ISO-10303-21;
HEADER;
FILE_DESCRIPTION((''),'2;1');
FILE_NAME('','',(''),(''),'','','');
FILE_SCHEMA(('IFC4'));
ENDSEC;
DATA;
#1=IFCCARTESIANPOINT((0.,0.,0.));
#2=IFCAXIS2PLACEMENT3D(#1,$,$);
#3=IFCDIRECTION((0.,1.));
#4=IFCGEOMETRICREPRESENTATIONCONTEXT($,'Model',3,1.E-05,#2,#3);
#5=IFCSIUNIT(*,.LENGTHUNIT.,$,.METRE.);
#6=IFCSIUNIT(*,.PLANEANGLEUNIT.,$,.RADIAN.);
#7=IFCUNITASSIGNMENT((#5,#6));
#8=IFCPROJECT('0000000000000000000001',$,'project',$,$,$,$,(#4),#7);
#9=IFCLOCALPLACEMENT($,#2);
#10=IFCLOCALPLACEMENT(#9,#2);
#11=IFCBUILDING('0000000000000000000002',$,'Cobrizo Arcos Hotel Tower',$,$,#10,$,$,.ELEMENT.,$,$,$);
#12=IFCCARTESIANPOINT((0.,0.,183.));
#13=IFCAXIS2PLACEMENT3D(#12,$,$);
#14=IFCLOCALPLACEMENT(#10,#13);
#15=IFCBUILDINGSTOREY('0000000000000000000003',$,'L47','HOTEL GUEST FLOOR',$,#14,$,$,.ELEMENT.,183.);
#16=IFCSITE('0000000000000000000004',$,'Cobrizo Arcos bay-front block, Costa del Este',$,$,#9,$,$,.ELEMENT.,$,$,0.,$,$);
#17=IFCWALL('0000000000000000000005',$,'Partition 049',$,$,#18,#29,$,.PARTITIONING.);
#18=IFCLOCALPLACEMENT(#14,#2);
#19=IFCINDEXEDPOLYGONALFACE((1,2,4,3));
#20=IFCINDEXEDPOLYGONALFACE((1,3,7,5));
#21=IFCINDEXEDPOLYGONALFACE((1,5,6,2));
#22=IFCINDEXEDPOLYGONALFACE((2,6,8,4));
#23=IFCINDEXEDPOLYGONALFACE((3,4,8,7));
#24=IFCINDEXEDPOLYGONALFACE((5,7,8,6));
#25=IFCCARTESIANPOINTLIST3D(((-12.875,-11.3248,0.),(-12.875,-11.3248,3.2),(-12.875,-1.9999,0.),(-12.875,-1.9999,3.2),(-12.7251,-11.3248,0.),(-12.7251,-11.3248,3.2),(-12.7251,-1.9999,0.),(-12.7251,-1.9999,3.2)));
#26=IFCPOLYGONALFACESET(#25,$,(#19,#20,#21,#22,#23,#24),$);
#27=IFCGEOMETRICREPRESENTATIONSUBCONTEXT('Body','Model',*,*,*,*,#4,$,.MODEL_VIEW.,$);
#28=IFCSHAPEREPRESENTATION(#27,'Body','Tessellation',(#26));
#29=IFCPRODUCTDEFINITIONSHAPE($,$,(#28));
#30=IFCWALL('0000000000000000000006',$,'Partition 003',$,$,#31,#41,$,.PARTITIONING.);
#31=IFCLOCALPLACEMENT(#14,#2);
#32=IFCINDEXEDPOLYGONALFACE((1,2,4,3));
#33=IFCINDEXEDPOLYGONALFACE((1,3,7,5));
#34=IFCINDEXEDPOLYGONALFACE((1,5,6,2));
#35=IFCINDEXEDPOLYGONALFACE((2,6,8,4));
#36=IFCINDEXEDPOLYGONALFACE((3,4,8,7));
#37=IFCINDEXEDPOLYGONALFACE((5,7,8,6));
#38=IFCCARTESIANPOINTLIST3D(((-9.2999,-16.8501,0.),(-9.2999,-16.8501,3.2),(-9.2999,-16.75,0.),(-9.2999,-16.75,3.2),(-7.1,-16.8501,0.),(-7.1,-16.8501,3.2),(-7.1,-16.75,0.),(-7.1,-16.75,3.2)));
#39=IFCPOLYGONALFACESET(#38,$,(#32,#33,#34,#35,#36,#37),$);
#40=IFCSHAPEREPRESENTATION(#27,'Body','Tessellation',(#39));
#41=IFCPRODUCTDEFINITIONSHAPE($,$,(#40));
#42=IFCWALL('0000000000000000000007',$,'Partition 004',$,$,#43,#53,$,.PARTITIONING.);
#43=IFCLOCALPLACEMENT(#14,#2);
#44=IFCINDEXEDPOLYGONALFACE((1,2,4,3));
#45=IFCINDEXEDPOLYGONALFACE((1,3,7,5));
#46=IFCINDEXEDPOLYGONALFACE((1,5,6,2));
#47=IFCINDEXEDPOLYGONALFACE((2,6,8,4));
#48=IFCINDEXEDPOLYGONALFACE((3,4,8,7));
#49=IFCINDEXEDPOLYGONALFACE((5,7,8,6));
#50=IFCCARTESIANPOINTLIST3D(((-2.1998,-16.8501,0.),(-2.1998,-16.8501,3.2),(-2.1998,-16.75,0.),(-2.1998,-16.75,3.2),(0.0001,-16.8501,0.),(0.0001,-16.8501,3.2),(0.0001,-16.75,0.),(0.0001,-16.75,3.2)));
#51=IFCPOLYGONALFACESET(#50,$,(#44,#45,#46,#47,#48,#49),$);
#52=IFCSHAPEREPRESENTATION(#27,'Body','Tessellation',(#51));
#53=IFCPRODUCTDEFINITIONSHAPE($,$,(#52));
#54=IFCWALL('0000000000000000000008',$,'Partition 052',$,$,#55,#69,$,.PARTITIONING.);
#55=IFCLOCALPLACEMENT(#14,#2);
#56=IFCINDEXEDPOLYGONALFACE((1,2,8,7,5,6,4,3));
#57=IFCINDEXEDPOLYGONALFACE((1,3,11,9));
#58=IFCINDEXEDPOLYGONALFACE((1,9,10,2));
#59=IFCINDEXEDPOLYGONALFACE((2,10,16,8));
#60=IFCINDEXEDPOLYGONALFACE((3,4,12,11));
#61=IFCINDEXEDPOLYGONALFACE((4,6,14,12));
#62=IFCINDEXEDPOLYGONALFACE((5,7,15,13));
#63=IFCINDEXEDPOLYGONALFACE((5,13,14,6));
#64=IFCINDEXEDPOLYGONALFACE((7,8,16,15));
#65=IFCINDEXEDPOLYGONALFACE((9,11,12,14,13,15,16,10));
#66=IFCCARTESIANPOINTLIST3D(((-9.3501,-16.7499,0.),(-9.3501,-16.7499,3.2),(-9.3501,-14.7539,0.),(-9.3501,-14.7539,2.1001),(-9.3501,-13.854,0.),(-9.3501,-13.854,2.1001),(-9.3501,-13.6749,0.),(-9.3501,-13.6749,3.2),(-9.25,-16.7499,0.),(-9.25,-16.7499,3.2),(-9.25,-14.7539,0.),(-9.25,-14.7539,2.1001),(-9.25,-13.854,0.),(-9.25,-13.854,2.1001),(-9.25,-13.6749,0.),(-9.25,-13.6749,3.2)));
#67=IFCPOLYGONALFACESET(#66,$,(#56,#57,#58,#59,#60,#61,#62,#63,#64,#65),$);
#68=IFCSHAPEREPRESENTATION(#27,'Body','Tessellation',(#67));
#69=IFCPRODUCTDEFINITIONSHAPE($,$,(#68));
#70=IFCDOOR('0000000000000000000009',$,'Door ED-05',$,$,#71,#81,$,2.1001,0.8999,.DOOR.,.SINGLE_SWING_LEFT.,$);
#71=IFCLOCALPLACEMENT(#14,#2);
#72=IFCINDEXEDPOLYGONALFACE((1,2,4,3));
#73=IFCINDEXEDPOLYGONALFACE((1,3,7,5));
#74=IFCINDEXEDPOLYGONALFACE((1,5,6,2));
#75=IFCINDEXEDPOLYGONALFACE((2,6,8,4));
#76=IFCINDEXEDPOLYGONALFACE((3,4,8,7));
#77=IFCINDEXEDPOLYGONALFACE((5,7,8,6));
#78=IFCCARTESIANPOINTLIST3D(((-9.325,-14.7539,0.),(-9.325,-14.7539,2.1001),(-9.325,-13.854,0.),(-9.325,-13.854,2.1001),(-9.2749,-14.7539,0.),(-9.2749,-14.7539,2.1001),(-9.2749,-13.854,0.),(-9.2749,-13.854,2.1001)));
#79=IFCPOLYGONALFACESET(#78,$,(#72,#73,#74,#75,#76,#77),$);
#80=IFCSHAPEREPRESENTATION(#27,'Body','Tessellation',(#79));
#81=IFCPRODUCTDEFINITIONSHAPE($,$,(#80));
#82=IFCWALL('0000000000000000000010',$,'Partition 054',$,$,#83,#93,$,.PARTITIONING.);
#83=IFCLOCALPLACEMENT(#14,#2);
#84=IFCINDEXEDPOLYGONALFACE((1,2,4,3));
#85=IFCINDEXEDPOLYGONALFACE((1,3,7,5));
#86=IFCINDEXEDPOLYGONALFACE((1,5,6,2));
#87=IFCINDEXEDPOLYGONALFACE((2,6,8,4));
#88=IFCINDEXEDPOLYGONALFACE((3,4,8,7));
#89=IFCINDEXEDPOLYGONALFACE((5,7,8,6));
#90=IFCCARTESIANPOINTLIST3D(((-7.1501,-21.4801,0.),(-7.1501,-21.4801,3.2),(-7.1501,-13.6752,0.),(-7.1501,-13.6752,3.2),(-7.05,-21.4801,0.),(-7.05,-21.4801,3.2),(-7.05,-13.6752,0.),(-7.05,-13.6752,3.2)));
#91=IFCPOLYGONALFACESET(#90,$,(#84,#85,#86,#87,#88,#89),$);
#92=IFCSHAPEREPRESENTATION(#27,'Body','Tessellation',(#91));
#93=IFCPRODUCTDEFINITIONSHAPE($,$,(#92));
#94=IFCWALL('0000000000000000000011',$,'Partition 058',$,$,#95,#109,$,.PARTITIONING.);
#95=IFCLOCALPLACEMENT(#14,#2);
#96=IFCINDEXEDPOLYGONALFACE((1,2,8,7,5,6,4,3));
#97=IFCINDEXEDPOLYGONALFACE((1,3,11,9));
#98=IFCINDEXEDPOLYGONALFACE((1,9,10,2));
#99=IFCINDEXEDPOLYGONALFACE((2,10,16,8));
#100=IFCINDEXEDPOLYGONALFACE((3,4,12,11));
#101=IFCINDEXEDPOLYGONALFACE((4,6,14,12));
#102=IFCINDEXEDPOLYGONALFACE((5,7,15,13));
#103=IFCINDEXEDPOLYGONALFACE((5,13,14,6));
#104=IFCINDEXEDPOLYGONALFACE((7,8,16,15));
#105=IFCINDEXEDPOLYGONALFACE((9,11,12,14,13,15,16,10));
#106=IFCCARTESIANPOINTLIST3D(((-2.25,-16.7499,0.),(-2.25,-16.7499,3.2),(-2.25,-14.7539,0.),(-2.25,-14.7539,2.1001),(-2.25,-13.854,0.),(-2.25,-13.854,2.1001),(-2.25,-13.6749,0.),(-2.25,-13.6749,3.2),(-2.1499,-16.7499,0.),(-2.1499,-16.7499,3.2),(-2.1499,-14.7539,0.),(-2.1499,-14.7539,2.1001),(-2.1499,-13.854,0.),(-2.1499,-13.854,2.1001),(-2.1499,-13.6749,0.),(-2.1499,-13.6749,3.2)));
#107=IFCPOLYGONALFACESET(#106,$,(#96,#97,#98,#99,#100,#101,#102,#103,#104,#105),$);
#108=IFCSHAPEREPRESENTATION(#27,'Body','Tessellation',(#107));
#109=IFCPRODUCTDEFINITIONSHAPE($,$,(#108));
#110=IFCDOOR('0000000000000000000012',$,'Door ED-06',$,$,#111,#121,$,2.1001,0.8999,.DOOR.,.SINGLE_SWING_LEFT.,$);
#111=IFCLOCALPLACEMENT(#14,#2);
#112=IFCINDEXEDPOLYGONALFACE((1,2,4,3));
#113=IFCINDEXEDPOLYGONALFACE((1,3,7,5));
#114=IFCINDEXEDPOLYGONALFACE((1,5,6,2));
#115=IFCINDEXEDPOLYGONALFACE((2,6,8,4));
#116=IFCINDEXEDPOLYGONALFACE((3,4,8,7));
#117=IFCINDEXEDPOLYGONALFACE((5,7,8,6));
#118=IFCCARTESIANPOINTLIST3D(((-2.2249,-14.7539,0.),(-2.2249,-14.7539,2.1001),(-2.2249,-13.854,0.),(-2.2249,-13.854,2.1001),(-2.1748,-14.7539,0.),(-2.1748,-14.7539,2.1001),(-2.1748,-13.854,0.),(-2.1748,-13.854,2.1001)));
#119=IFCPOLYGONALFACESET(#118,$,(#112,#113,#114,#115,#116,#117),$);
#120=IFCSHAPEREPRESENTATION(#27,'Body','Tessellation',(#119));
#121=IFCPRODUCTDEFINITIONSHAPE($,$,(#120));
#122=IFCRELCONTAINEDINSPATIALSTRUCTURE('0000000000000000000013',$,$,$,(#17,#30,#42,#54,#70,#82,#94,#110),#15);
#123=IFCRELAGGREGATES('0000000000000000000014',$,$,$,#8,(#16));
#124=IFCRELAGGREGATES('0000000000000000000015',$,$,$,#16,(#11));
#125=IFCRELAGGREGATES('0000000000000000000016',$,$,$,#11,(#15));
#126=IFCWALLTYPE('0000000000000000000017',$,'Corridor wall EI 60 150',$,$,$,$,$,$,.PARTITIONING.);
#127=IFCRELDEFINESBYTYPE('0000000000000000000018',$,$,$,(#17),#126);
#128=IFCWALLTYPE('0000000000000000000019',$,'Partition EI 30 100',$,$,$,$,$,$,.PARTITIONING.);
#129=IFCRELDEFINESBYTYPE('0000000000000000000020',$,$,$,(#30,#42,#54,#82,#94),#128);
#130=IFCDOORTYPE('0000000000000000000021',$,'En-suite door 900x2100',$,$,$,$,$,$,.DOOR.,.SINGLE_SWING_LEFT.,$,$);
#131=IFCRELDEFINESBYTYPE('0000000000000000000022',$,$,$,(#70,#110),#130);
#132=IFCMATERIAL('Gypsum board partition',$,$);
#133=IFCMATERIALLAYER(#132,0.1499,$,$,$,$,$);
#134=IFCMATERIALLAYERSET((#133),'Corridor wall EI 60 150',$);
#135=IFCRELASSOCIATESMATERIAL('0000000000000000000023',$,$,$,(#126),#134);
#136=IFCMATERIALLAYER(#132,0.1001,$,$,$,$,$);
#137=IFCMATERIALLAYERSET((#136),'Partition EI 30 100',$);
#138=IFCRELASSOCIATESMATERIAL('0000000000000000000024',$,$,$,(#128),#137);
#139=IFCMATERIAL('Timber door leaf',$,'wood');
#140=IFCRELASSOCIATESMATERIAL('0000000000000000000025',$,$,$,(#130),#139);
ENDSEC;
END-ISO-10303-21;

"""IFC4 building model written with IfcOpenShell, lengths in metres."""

from ifc_helpers import new_model, si_unit, direction, frame, frame_2d, origin, place, context, subcontext, project, spatial, rectangle, extrude, material, layer, layer_set, type_object, element, fill, save


model = new_model("IFC4")

# Units and contexts
model_context = context("Model", 3, precision=1e-05, world=origin(), true_north=direction((0.0, 1.0)))
body_context = subcontext(model_context, "Body", "Model", "MODEL_VIEW")
ifc_project = project(units=[si_unit("LENGTHUNIT", "METRE"), si_unit("PLANEANGLEUNIT", "RADIAN")], contexts=[model_context])

# Site, building, storey
site_placement = place(None, origin())
site = spatial("IfcSite", under=ifc_project, at=site_placement, Name="Cobrizo Arcos bay-front block, Costa del Este", CompositionType="ELEMENT", RefElevation=0.0)
building_placement = place(site_placement, origin())
building = spatial("IfcBuilding", under=site, at=building_placement, Name="Cobrizo Arcos Hotel Tower", CompositionType="ELEMENT")
storey_placement = place(building_placement, frame((0.0, 0.0, 183.0)))
storey = spatial("IfcBuildingStorey", under=building, at=storey_placement, Name="L47", Description="HOTEL GUEST FLOOR", CompositionType="ELEMENT", Elevation=183.0)

# Walls
ifc_material_1 = material(Name="Gypsum board partition")
ifc_layer_1 = layer(ifc_material_1, 0.1499)
ifc_layer_set_1 = layer_set([ifc_layer_1], Name="Corridor wall EI 60 150")
wall_type_1 = type_object("IfcWallType", Name="Corridor wall EI 60 150", PredefinedType="PARTITIONING", material=ifc_layer_set_1)
wall_1_placement = place(storey_placement, frame((-12.8, -11.325, 0.0), z_axis=(0.0, 0.0, 1.0), x_axis=(0.0, 1.0, 0.0)))
element("IfcWall", 1, at=wall_1_placement, inside=storey, type_object=wall_type_1, Name="Partition 049", PredefinedType="PARTITIONING", context=body_context, shape_type="SweptSolid", body=[
    extrude(rectangle(XDim=9.325, YDim=0.1499, at=frame_2d((4.6626, 0.0))), origin(), (0.0, 0.0, 1.0), 3.2),
])
ifc_layer_2 = layer(ifc_material_1, 0.1001)
ifc_layer_set_2 = layer_set([ifc_layer_2], Name="Partition EI 30 100")
wall_type_2 = type_object("IfcWallType", Name="Partition EI 30 100", PredefinedType="PARTITIONING", material=ifc_layer_set_2)
for number, where, z_axis, x_axis, name in (
    (2, (-9.3, -16.8, 0.0), (0.0, 0.0, 1.0), (1.0, 0.0, 0.0), "Partition 003"),
    (3, (-2.2, -16.8, 0.0), (0.0, 0.0, 1.0), (1.0, 0.0, 0.0), "Partition 004"),
):
    element("IfcWall", number, at=place(storey_placement, frame(where, z_axis=z_axis, x_axis=x_axis)), inside=storey, type_object=wall_type_2, Name=name, PredefinedType="PARTITIONING", context=body_context, shape_type="SweptSolid", body=[
        extrude(rectangle(XDim=2.2, YDim=0.1001, at=frame_2d((1.1001, 0.0))), origin(), (0.0, 0.0, 1.0), 3.2),
    ])

# Wall, opening, door
wall_2_placement = place(storey_placement, frame((-9.3, -16.75, 0.0), z_axis=(0.0, 0.0, 1.0), x_axis=(0.0, 1.0, 0.0)))
wall_2 = element("IfcWall", 4, at=wall_2_placement, inside=storey, type_object=wall_type_2, Name="Partition 052", PredefinedType="PARTITIONING", context=body_context, shape_type="SweptSolid", body=[
    extrude(rectangle(XDim=3.075, YDim=0.1001, at=frame_2d((1.5376, 0.0))), origin(), (0.0, 0.0, 1.0), 3.2),
])
opening_1_placement = place(wall_2_placement, frame((1.9961, 0.0, 0.0)))
opening_1 = element("IfcOpeningElement", 5, at=opening_1_placement, cuts=wall_2, PredefinedType="OPENING", context=body_context, shape_type="SweptSolid", body=[
    extrude(rectangle(XDim=0.8999, YDim=2.1001, at=frame_2d((0.45, 1.05))), frame((0.0, 0.062, 0.0), z_axis=(0.0, -1.0, 0.0), x_axis=(1.0, 0.0, 0.0)), (0.0, 0.0, 1.0), 0.124),
])
ifc_material_2 = material(Name="Timber door leaf", Category="wood")
door_type = type_object("IfcDoorType", Name="En-suite door 900x2100", OperationType="SINGLE_SWING_LEFT", PredefinedType="DOOR", material=ifc_material_2)
door_1_placement = place(opening_1_placement, origin())
door_1 = element("IfcDoor", 6, at=door_1_placement, inside=storey, type_object=door_type, Name="Door ED-05", OperationType="SINGLE_SWING_LEFT", OverallHeight=2.1001, OverallWidth=0.8999, PredefinedType="DOOR", context=body_context, shape_type="SweptSolid", body=[
    extrude(rectangle(XDim=0.8999, YDim=2.1001, at=frame_2d((0.45, 1.05))), frame((0.0, 0.0249, 0.0), z_axis=(0.0, -1.0, 0.0), x_axis=(1.0, 0.0, 0.0)), (0.0, 0.0, 1.0), 0.05),
])
fill(opening_1, door_1)

# Wall
wall_3_placement = place(storey_placement, frame((-7.1001, -21.48, 0.0), z_axis=(0.0, 0.0, 1.0), x_axis=(0.0, 1.0, 0.0)))
element("IfcWall", 7, at=wall_3_placement, inside=storey, type_object=wall_type_2, Name="Partition 054", PredefinedType="PARTITIONING", context=body_context, shape_type="SweptSolid", body=[
    extrude(rectangle(XDim=7.8049, YDim=0.1001, at=frame_2d((3.9023, 0.0))), origin(), (0.0, 0.0, 1.0), 3.2),
])

# Wall, opening, door
wall_4_placement = place(storey_placement, frame((-2.2, -16.75, 0.0), z_axis=(0.0, 0.0, 1.0), x_axis=(0.0, 1.0, 0.0)))
wall_4 = element("IfcWall", 8, at=wall_4_placement, inside=storey, type_object=wall_type_2, Name="Partition 058", PredefinedType="PARTITIONING", context=body_context, shape_type="SweptSolid", body=[
    extrude(rectangle(XDim=3.075, YDim=0.1001, at=frame_2d((1.5376, 0.0))), origin(), (0.0, 0.0, 1.0), 3.2),
])
opening_2_placement = place(wall_4_placement, frame((1.9961, 0.0, 0.0)))
opening_2 = element("IfcOpeningElement", 9, at=opening_2_placement, cuts=wall_4, PredefinedType="OPENING", context=body_context, shape_type="SweptSolid", body=[
    extrude(rectangle(XDim=0.8999, YDim=2.1001, at=frame_2d((0.45, 1.05))), frame((0.0, 0.062, 0.0), z_axis=(0.0, -1.0, 0.0), x_axis=(1.0, 0.0, 0.0)), (0.0, 0.0, 1.0), 0.124),
])
door_2_placement = place(opening_2_placement, origin())
door_2 = element("IfcDoor", 10, at=door_2_placement, inside=storey, type_object=door_type, Name="Door ED-06", OperationType="SINGLE_SWING_LEFT", OverallHeight=2.1001, OverallWidth=0.8999, PredefinedType="DOOR", context=body_context, shape_type="SweptSolid", body=[
    extrude(rectangle(XDim=0.8999, YDim=2.1001, at=frame_2d((0.45, 1.05))), frame((0.0, 0.0249, 0.0), z_axis=(0.0, -1.0, 0.0), x_axis=(1.0, 0.0, 0.0)), (0.0, 0.0, 1.0), 0.05),
])
fill(opening_2, door_2)

save(model, "model.ifc")
